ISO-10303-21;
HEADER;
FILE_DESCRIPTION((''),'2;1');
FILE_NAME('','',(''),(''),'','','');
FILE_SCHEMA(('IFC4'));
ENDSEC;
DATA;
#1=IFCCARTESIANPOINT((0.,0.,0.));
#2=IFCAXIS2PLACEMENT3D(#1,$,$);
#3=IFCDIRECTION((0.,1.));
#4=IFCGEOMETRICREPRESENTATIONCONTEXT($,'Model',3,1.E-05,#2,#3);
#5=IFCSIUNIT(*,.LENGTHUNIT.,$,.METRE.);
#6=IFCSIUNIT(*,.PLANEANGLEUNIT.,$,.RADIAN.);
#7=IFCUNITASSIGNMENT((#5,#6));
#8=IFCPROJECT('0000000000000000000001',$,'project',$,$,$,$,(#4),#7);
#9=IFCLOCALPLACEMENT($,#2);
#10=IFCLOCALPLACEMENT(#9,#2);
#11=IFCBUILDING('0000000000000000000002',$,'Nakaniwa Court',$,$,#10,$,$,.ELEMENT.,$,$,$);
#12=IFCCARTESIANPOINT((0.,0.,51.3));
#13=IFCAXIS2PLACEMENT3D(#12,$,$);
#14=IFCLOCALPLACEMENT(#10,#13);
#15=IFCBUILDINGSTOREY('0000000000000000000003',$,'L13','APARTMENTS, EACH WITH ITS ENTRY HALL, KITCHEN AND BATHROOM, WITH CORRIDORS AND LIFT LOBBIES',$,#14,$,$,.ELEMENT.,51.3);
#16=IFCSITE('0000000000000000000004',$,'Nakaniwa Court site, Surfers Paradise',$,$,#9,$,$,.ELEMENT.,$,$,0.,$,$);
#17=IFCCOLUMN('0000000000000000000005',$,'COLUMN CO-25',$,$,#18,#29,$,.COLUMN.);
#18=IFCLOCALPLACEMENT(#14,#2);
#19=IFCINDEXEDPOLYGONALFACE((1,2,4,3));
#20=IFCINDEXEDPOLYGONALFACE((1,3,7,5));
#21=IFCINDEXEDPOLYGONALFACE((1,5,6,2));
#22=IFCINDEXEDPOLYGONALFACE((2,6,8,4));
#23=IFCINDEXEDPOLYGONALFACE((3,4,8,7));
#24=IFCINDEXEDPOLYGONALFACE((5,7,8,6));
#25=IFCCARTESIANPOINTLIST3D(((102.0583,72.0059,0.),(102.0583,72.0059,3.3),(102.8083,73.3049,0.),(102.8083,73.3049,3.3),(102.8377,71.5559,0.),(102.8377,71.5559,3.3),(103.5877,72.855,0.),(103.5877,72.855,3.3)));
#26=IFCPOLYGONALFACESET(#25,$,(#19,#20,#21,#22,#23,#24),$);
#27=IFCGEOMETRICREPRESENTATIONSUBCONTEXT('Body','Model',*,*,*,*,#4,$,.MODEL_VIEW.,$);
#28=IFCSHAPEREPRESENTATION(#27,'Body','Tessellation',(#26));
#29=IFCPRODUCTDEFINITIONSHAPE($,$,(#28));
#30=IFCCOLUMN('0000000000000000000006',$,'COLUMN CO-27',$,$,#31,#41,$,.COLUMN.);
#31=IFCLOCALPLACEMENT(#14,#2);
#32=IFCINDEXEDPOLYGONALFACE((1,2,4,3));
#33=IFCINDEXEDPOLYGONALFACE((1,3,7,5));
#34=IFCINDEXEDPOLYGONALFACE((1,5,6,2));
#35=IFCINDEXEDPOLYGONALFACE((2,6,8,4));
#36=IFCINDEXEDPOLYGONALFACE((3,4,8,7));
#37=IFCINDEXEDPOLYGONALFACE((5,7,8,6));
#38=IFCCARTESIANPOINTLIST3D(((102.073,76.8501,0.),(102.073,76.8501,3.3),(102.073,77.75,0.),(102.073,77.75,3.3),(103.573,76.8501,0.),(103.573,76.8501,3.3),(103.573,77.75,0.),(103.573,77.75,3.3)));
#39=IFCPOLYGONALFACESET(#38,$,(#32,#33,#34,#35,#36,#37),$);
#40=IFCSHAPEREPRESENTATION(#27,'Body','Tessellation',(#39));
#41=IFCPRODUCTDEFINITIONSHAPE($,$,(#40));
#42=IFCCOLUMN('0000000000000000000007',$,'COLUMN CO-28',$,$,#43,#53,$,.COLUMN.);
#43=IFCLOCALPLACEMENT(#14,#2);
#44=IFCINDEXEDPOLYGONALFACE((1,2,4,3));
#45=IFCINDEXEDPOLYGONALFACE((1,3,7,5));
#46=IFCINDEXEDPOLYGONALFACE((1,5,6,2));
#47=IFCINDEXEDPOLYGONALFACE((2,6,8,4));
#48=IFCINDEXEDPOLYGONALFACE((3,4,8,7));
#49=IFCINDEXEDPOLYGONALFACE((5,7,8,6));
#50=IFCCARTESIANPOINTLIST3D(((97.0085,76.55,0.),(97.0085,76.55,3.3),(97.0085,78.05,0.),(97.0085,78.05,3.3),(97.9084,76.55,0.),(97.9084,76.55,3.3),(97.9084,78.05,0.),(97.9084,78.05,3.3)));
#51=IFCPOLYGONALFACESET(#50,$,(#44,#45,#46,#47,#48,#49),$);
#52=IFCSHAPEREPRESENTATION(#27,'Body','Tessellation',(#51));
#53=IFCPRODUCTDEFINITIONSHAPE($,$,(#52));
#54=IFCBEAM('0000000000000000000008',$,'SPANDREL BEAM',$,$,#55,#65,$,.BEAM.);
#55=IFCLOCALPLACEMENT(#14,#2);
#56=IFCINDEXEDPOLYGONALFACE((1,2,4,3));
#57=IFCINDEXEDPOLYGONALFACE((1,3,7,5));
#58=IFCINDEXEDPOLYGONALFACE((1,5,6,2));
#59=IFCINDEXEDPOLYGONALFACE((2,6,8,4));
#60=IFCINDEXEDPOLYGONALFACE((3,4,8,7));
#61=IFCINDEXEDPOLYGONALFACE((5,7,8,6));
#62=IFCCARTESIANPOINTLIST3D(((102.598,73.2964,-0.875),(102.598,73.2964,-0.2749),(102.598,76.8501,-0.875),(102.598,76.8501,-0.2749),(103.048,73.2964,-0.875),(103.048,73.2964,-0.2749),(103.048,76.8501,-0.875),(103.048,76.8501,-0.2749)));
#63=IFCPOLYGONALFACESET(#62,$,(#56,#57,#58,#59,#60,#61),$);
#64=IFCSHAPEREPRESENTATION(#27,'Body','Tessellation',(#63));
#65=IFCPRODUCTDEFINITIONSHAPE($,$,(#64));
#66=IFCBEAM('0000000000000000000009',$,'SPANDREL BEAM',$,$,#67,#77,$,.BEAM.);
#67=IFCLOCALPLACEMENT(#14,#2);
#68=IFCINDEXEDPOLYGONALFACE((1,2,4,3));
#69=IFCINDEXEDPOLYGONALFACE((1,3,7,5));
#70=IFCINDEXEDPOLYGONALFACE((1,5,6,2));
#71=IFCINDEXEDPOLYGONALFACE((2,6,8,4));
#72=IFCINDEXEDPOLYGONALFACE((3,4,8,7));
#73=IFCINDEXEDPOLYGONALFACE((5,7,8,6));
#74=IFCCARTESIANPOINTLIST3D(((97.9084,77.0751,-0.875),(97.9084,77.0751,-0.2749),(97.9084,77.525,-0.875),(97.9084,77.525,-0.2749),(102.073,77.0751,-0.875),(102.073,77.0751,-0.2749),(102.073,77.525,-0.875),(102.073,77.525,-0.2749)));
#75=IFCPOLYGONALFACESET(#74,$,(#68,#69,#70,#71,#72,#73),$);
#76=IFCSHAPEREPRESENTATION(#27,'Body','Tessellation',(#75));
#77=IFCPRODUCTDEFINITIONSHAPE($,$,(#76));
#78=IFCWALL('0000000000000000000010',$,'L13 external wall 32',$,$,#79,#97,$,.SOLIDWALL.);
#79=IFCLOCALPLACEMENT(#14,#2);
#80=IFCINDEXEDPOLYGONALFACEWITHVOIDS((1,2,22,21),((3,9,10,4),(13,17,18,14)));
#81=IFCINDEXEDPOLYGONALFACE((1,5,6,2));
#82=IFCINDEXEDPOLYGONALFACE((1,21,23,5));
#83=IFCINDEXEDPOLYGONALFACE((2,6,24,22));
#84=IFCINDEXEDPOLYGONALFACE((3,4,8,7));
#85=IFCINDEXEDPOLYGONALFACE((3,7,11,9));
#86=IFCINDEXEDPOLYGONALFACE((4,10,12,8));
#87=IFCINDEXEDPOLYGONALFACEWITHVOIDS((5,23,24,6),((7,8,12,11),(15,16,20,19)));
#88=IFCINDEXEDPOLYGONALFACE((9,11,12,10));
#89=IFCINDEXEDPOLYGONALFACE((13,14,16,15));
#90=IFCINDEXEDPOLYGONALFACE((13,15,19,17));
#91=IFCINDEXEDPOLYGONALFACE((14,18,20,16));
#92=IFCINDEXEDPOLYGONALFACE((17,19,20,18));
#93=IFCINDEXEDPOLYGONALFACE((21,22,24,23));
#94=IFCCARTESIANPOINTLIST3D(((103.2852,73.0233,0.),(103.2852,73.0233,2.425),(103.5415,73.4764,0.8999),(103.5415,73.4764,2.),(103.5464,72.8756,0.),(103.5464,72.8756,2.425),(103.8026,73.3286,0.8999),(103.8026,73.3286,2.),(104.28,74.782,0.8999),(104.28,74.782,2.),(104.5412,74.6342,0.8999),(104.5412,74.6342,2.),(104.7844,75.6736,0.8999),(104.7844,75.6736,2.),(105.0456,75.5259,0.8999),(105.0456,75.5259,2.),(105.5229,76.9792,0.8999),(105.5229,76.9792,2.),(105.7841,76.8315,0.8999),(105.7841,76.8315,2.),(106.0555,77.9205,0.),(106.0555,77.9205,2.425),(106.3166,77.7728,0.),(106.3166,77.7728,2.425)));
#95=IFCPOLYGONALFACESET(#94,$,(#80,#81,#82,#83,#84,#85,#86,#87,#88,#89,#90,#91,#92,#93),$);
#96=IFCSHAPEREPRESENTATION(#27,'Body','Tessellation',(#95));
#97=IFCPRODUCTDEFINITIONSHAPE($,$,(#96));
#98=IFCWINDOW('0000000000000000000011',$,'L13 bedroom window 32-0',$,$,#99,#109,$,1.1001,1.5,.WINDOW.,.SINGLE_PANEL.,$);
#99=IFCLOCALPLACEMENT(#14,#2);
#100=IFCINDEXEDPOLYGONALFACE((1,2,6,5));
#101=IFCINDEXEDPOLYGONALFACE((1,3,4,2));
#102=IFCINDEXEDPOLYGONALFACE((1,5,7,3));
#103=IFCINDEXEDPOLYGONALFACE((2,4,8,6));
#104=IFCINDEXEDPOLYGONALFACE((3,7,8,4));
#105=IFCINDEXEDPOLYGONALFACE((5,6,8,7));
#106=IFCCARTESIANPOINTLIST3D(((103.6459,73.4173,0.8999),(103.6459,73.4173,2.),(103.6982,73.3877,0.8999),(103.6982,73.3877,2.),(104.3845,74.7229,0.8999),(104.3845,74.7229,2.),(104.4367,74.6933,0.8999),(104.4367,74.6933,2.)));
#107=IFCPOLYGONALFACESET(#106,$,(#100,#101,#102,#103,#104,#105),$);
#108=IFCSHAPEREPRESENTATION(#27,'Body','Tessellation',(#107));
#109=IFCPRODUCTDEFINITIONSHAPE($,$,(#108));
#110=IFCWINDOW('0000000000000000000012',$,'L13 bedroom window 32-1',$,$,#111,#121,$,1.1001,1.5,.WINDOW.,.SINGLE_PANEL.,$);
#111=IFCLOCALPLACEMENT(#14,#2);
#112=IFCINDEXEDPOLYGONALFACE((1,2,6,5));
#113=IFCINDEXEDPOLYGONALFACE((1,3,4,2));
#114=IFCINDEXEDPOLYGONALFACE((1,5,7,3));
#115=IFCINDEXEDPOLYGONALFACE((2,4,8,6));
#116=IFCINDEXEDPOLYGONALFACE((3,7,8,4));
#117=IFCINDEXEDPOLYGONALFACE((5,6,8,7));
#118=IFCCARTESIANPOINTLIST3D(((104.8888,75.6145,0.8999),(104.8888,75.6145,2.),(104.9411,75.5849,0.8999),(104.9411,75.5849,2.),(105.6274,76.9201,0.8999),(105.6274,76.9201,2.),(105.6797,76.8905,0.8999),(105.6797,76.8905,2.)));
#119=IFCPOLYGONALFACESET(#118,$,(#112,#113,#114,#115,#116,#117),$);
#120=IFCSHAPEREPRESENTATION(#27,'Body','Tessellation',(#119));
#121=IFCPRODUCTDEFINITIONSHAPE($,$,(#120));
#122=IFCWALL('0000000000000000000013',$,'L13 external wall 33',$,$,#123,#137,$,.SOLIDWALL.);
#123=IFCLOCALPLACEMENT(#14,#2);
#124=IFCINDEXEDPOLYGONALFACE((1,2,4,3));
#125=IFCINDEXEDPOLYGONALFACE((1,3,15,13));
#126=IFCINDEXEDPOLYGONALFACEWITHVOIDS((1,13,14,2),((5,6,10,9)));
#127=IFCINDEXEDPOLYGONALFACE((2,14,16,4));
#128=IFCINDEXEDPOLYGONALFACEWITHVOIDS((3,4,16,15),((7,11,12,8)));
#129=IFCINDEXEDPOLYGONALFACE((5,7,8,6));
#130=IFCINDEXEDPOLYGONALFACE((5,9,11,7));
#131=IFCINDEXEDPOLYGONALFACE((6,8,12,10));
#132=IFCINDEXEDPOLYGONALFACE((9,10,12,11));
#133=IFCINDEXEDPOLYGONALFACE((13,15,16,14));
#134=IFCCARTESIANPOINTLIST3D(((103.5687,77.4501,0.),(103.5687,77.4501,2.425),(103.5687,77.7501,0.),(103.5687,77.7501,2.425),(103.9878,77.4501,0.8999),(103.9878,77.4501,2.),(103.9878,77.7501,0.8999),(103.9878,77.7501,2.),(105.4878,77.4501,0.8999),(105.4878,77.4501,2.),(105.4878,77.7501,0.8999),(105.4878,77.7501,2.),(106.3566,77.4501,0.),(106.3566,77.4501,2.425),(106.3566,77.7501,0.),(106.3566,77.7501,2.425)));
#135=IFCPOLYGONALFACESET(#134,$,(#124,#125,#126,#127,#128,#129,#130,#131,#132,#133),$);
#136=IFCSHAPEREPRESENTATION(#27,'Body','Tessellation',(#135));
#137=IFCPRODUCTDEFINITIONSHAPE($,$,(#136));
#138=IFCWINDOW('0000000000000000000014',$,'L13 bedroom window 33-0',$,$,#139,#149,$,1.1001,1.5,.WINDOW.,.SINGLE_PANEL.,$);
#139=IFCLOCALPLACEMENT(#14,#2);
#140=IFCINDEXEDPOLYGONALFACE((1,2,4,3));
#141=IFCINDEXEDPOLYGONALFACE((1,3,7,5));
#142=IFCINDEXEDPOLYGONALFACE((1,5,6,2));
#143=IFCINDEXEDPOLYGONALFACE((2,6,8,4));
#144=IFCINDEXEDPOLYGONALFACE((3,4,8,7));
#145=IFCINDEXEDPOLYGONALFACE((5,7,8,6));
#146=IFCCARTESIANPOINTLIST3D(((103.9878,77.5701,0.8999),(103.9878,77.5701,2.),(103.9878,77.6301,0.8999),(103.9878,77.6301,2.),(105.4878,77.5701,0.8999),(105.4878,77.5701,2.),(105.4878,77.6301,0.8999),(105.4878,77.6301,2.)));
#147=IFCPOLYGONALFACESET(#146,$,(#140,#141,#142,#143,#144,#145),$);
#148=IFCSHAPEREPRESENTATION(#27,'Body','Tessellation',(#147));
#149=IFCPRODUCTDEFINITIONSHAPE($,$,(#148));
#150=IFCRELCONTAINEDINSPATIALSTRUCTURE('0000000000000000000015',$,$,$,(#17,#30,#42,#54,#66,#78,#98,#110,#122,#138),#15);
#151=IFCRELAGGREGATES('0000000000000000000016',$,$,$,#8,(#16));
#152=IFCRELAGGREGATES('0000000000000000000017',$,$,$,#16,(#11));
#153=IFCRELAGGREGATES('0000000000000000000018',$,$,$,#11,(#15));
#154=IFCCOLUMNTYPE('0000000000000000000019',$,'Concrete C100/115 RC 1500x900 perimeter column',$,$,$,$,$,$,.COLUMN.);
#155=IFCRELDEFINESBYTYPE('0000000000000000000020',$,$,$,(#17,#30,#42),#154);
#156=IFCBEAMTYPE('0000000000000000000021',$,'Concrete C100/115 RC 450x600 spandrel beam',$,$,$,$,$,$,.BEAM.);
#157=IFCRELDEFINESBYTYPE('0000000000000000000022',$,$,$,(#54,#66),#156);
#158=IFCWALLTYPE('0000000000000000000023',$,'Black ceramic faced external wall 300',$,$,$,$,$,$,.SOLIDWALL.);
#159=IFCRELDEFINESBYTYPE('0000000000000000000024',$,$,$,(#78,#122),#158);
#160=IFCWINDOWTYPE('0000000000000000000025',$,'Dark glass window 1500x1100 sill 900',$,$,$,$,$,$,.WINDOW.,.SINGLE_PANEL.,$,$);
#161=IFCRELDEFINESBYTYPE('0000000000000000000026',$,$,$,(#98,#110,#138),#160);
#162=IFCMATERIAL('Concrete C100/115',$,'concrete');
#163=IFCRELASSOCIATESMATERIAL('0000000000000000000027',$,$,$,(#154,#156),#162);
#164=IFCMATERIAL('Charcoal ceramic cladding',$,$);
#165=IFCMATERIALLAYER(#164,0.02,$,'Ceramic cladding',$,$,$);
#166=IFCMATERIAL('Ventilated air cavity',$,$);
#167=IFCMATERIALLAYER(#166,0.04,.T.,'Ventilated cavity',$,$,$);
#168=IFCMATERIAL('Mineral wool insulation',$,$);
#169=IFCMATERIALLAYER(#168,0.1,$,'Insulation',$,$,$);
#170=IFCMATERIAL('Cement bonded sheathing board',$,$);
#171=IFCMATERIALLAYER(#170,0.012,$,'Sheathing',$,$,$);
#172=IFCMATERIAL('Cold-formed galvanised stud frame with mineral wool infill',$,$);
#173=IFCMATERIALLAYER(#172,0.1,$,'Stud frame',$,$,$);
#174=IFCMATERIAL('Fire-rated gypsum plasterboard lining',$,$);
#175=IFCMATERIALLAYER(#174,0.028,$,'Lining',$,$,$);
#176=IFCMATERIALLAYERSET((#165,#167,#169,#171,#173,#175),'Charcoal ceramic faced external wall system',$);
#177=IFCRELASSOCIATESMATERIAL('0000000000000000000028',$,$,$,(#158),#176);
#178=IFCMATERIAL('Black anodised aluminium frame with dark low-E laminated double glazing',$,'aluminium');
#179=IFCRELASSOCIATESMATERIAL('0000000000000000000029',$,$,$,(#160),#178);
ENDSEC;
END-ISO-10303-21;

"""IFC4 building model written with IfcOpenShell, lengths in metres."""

from ifc_helpers import new_model, si_unit, direction, frame, frame_2d, origin, origin_2d, place, context, subcontext, project, spatial, rectangle, extrude, material, layer, layer_set, material_profile, profile_set, type_object, element, fill, save


model = new_model("IFC4")

# Units and contexts
model_context = context("Model", 3, precision=1e-05, world=origin(), true_north=direction((0.0, 1.0)))
body_context = subcontext(model_context, "Body", "Model", "MODEL_VIEW")
ifc_project = project(units=[si_unit("LENGTHUNIT", "METRE"), si_unit("PLANEANGLEUNIT", "RADIAN")], contexts=[model_context])

# Site, building, storey
site_placement = place(None, origin())
site = spatial("IfcSite", under=ifc_project, at=site_placement, Name="Nakaniwa Court site, Surfers Paradise", CompositionType="ELEMENT", RefElevation=0.0)
building_placement = place(site_placement, origin())
building = spatial("IfcBuilding", under=site, at=building_placement, Name="Nakaniwa Court", CompositionType="ELEMENT")
storey_placement = place(building_placement, frame((0.0, 0.0, 51.3)))
storey = spatial("IfcBuildingStorey", under=building, at=storey_placement, Name="L13", Description="APARTMENTS, EACH WITH ITS ENTRY HALL, KITCHEN AND BATHROOM, WITH CORRIDORS AND LIFT LOBBIES", CompositionType="ELEMENT", Elevation=51.3)

# Columns
ifc_material_1 = material(Name="Concrete C100/115", Category="concrete")
ifc_material_profile_1 = material_profile(ifc_material_1, rectangle(XDim=1.5, YDim=0.8999, at=origin_2d()), Name="Concrete C100/115 RC 1500x900 perimeter column")
ifc_profile_set_1 = profile_set([ifc_material_profile_1], Name="Concrete C100/115")
column_type = type_object("IfcColumnType", Name="Concrete C100/115 RC 1500x900 perimeter column", PredefinedType="COLUMN", material=ifc_profile_set_1)
for number, where, z_axis, x_axis, name in (
    (1, (102.823, 72.4304, 0.0), (0.0, 0.0, 1.0), (0.5, 0.866025, 0.0), "COLUMN CO-25"),
    (2, (102.823, 77.3, 0.0), (0.0, 0.0, 1.0), (-1.0, 0.0, 0.0), "COLUMN CO-27"),
    (3, (97.4585, 77.3, 0.0), (0.0, 0.0, 1.0), (0.0, 1.0, 0.0), "COLUMN CO-28"),
):
    element("IfcColumn", number, at=place(storey_placement, frame(where, z_axis=z_axis, x_axis=x_axis)), inside=storey, type_object=column_type, Name=name, PredefinedType="COLUMN", context=body_context, shape_type="SweptSolid", body=[
        extrude(rectangle(XDim=1.5, YDim=0.8999, at=origin_2d()), origin(), (0.0, 0.0, 1.0), 3.3),
    ])

# Beams
ifc_material_profile_2 = material_profile(ifc_material_1, rectangle(XDim=0.45, YDim=0.6001, at=origin_2d()), Name="Concrete C100/115 RC 450x600 spandrel beam")
ifc_profile_set_2 = profile_set([ifc_material_profile_2], Name="Concrete C100/115")
beam_type = type_object("IfcBeamType", Name="Concrete C100/115 RC 450x600 spandrel beam", PredefinedType="BEAM", material=ifc_profile_set_2)
beam_1_placement = place(storey_placement, frame((102.823, 73.2964, -0.575), z_axis=(0.0, 1.0, 0.0), x_axis=(-1.0, 0.0, 0.0)))
element("IfcBeam", 4, at=beam_1_placement, inside=storey, type_object=beam_type, Name="SPANDREL BEAM", PredefinedType="BEAM", context=body_context, shape_type="SweptSolid", body=[
    extrude(rectangle(XDim=0.45, YDim=0.6001, at=origin_2d()), origin(), (0.0, 0.0, 1.0), 3.5537),
])
beam_2_placement = place(storey_placement, frame((102.073, 77.3, -0.575), z_axis=(-1.0, 0.0, 0.0), x_axis=(0.0, -1.0, 0.0)))
element("IfcBeam", 5, at=beam_2_placement, inside=storey, type_object=beam_type, Name="SPANDREL BEAM", PredefinedType="BEAM", context=body_context, shape_type="SweptSolid", body=[
    extrude(rectangle(XDim=0.45, YDim=0.6001, at=origin_2d()), origin(), (0.0, 0.0, 1.0), 4.1646),
])

# Wall, openings, windows
ifc_material_2 = material(Name="Charcoal ceramic cladding")
ifc_layer_1 = layer(ifc_material_2, 0.02, Name="Ceramic cladding")
ifc_material_3 = material(Name="Ventilated air cavity")
ifc_layer_2 = layer(ifc_material_3, 0.04, ventilated=True, Name="Ventilated cavity")
ifc_material_4 = material(Name="Mineral wool insulation")
ifc_layer_3 = layer(ifc_material_4, 0.1, Name="Insulation")
ifc_material_5 = material(Name="Cement bonded sheathing board")
ifc_layer_4 = layer(ifc_material_5, 0.012, Name="Sheathing")
ifc_material_6 = material(Name="Cold-formed galvanised stud frame with mineral wool infill")
ifc_layer_5 = layer(ifc_material_6, 0.1, Name="Stud frame")
ifc_material_7 = material(Name="Fire-rated gypsum plasterboard lining")
ifc_layer_6 = layer(ifc_material_7, 0.028, Name="Lining")
ifc_layer_set_1 = layer_set([ifc_layer_1, ifc_layer_2, ifc_layer_3, ifc_layer_4, ifc_layer_5, ifc_layer_6], Name="Charcoal ceramic faced external wall system")
wall_type_1 = type_object("IfcWallType", Name="Black ceramic faced external wall 300", PredefinedType="SOLIDWALL", material=ifc_layer_set_1)
wall_1_placement = place(storey_placement, frame((103.4158, 72.9495, 0.0), z_axis=(0.0, 0.0, 1.0), x_axis=(0.492363, 0.87039, 0.0)))
wall_1 = element("IfcWall", 6, at=wall_1_placement, inside=storey, type_object=wall_type_1, Name="L13 external wall 32", PredefinedType="SOLIDWALL", context=body_context, shape_type="SweptSolid", body=[
    extrude(rectangle(XDim=5.6265, YDim=0.3, at=frame_2d((2.8132, 0.0))), origin(), (0.0, 0.0, 1.0), 2.425),
])
opening_1_placement = place(wall_1_placement, frame((0.5205, 0.0, 0.8999)))
opening_1 = element("IfcOpeningElement", 7, at=opening_1_placement, cuts=wall_1, PredefinedType="OPENING", context=body_context, shape_type="SweptSolid", body=[
    extrude(rectangle(XDim=1.5, YDim=1.1001, at=frame_2d((0.75, 0.55))), frame((0.0, 0.1599, 0.0), z_axis=(0.0, -1.0, 0.0), x_axis=(1.0, 0.0, 0.0)), (0.0, 0.0, 1.0), 0.3201),
])
opening_2_placement = place(wall_1_placement, frame((3.0449, 0.0, 0.8999)))
opening_2 = element("IfcOpeningElement", 8, at=opening_2_placement, cuts=wall_1, PredefinedType="OPENING", context=body_context, shape_type="SweptSolid", body=[
    extrude(rectangle(XDim=1.5, YDim=1.1001, at=frame_2d((0.75, 0.55))), frame((0.0, 0.1599, 0.0), z_axis=(0.0, -1.0, 0.0), x_axis=(1.0, 0.0, 0.0)), (0.0, 0.0, 1.0), 0.3201),
])
ifc_material_8 = material(Name="Black anodised aluminium frame with dark low-E laminated double glazing", Category="aluminium")
window_type = type_object("IfcWindowType", Name="Dark glass window 1500x1100 sill 900", PartitioningType="SINGLE_PANEL", PredefinedType="WINDOW", material=ifc_material_8)
window_1_placement = place(opening_1_placement, origin())
window_1 = element("IfcWindow", 9, at=window_1_placement, inside=storey, type_object=window_type, Name="L13 bedroom window 32-0", OverallHeight=1.1001, OverallWidth=1.5, PartitioningType="SINGLE_PANEL", PredefinedType="WINDOW", context=body_context, shape_type="SweptSolid", body=[
    extrude(rectangle(XDim=1.5, YDim=1.1001, at=frame_2d((0.75, 0.55))), frame((0.0, 0.03, 0.0), z_axis=(0.0, -1.0, 0.0), x_axis=(1.0, 0.0, 0.0)), (0.0, 0.0, 1.0), 0.0601),
])
fill(opening_1, window_1)
window_2_placement = place(opening_2_placement, origin())
window_2 = element("IfcWindow", 10, at=window_2_placement, inside=storey, type_object=window_type, Name="L13 bedroom window 32-1", OverallHeight=1.1001, OverallWidth=1.5, PartitioningType="SINGLE_PANEL", PredefinedType="WINDOW", context=body_context, shape_type="SweptSolid", body=[
    extrude(rectangle(XDim=1.5, YDim=1.1001, at=frame_2d((0.75, 0.55))), frame((0.0, 0.03, 0.0), z_axis=(0.0, -1.0, 0.0), x_axis=(1.0, 0.0, 0.0)), (0.0, 0.0, 1.0), 0.0601),
])
fill(opening_2, window_2)

# Wall, opening, window
wall_2_placement = place(storey_placement, frame((106.3567, 77.6001, 0.0), z_axis=(0.0, 0.0, 1.0), x_axis=(-1.0, 0.0, 0.0)))
wall_2 = element("IfcWall", 11, at=wall_2_placement, inside=storey, type_object=wall_type_1, Name="L13 external wall 33", PredefinedType="SOLIDWALL", context=body_context, shape_type="SweptSolid", body=[
    extrude(rectangle(XDim=2.7878, YDim=0.3, at=frame_2d((1.394, 0.0))), origin(), (0.0, 0.0, 1.0), 2.425),
])
opening_3_placement = place(wall_2_placement, frame((0.8689, 0.0, 0.8999)))
opening_3 = element("IfcOpeningElement", 12, at=opening_3_placement, cuts=wall_2, PredefinedType="OPENING", context=body_context, shape_type="SweptSolid", body=[
    extrude(rectangle(XDim=1.5, YDim=1.1001, at=frame_2d((0.75, 0.55))), frame((0.0, 0.1599, 0.0), z_axis=(0.0, -1.0, 0.0), x_axis=(1.0, 0.0, 0.0)), (0.0, 0.0, 1.0), 0.3201),
])
window_3_placement = place(opening_3_placement, origin())
window_3 = element("IfcWindow", 13, at=window_3_placement, inside=storey, type_object=window_type, Name="L13 bedroom window 33-0", OverallHeight=1.1001, OverallWidth=1.5, PartitioningType="SINGLE_PANEL", PredefinedType="WINDOW", context=body_context, shape_type="SweptSolid", body=[
    extrude(rectangle(XDim=1.5, YDim=1.1001, at=frame_2d((0.75, 0.55))), frame((0.0, 0.03, 0.0), z_axis=(0.0, -1.0, 0.0), x_axis=(1.0, 0.0, 0.0)), (0.0, 0.0, 1.0), 0.0601),
])
fill(opening_3, window_3)

save(model, "model.ifc")
